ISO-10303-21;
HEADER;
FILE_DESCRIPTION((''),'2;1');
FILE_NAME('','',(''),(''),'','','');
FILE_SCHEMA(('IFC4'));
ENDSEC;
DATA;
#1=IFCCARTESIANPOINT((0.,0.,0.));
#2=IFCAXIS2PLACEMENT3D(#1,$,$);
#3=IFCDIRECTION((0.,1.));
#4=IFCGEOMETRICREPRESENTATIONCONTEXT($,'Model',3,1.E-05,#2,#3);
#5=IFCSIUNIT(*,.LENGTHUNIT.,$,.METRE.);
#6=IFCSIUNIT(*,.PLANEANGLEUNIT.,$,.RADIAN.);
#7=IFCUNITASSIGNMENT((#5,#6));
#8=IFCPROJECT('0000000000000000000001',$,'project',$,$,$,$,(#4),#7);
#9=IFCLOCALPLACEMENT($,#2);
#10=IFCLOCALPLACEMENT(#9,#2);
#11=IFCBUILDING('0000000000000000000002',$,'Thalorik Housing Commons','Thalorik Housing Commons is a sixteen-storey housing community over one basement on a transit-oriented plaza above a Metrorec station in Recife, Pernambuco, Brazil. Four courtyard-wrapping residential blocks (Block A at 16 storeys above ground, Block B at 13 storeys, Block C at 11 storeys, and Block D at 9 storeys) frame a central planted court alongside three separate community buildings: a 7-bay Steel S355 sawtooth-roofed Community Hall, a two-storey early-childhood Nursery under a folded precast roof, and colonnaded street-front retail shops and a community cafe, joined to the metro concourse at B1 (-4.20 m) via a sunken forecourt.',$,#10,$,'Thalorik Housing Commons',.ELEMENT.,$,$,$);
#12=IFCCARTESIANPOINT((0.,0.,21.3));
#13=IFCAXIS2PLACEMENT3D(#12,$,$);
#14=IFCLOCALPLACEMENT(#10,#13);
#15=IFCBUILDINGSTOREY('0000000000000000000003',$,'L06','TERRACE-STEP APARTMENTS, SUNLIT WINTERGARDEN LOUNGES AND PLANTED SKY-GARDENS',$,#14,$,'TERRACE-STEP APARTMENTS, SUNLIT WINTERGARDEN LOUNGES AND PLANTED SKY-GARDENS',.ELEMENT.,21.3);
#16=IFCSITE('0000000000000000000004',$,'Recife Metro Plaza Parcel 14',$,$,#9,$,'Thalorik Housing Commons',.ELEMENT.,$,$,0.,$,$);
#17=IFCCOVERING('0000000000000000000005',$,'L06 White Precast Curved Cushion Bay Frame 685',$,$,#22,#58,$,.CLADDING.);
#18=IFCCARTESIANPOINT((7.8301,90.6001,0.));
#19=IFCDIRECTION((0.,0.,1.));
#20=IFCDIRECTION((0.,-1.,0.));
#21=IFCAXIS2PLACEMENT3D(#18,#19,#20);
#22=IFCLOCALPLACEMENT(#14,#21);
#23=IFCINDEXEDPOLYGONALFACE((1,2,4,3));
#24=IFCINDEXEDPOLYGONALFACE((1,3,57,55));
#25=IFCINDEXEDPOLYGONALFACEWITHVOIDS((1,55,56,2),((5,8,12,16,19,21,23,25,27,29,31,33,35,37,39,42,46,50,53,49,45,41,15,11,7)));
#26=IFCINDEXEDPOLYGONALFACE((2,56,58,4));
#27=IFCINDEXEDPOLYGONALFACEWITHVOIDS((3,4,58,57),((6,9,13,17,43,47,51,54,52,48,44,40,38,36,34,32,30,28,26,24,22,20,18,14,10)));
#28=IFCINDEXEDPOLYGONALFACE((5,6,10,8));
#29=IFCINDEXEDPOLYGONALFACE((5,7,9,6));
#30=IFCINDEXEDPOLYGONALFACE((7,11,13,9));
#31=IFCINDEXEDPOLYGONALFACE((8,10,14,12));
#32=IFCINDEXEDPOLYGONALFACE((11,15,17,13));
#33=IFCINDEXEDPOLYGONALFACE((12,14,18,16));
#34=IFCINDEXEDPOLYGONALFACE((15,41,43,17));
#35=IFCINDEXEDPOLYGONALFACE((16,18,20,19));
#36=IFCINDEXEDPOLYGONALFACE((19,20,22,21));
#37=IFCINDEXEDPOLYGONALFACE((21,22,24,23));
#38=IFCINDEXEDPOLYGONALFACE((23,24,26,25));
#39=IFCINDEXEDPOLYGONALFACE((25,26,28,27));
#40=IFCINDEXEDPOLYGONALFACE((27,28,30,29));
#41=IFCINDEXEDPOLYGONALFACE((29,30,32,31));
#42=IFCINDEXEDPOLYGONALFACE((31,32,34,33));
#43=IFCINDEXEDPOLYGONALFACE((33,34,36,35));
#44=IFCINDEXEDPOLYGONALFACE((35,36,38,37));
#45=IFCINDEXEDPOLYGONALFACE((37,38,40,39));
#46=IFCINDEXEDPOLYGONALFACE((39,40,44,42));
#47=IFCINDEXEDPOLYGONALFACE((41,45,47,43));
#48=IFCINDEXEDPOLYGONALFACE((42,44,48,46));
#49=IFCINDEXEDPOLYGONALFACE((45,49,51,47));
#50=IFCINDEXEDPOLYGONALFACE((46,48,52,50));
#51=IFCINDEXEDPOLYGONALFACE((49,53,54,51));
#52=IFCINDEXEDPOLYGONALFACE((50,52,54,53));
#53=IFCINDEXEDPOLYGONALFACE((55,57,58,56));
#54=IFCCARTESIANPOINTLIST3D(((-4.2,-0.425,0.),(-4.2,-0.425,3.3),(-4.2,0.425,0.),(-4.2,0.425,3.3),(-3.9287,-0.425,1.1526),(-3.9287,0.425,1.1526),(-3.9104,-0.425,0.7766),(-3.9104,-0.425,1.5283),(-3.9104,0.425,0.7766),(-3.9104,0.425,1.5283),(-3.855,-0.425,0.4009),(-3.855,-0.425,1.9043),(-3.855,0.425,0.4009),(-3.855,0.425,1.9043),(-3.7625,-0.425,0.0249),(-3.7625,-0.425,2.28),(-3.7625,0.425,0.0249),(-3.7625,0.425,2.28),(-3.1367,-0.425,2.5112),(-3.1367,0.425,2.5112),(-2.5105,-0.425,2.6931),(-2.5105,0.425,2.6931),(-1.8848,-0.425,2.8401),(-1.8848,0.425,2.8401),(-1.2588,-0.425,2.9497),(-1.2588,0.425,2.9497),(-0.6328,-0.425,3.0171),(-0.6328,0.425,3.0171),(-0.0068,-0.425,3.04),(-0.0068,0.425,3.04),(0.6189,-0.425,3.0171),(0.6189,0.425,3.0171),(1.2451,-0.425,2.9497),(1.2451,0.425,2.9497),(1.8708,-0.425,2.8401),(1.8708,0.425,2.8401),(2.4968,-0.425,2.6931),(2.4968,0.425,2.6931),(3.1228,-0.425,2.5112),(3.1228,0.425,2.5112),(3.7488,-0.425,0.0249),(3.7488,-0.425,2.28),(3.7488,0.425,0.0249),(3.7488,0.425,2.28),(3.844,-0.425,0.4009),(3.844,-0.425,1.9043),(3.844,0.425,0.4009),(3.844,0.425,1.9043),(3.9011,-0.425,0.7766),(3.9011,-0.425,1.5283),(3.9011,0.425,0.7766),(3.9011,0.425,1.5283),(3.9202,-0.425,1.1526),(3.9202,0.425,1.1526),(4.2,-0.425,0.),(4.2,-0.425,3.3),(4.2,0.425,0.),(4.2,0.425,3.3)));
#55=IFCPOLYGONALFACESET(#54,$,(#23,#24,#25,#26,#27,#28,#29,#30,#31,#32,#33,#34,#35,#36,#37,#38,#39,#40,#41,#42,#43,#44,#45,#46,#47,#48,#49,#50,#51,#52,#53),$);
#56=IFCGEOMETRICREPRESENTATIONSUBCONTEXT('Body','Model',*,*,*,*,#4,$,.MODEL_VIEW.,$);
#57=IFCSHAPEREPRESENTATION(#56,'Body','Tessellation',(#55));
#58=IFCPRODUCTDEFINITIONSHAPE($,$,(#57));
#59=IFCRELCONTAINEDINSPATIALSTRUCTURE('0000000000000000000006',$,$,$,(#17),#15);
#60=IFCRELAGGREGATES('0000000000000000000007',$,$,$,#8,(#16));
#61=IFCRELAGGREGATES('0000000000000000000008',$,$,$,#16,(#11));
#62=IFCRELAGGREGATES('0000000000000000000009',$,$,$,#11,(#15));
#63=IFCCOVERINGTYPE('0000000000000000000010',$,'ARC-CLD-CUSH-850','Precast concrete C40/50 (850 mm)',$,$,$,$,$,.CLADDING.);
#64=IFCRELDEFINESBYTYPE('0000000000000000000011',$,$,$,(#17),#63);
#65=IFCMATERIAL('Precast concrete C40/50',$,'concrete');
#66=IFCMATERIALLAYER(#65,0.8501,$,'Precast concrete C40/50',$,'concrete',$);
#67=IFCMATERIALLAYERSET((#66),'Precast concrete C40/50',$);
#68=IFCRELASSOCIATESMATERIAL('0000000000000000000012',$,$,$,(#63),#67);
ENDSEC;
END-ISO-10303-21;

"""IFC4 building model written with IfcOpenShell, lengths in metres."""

from ifc_helpers import new_model, si_unit, direction, frame, origin, place, context, subcontext, project, spatial, polyline, outline, extrude, material, layer, layer_set, type_object, element, save


model = new_model("IFC4")

# Units and contexts
model_context = context("Model", 3, precision=1e-05, world=origin(), true_north=direction((0.0, 1.0)))
body_context = subcontext(model_context, "Body", "Model", "MODEL_VIEW")
ifc_project = project(units=[si_unit("LENGTHUNIT", "METRE"), si_unit("PLANEANGLEUNIT", "RADIAN")], contexts=[model_context])

# Site, building, storey
site_placement = place(None, origin())
site = spatial("IfcSite", under=ifc_project, at=site_placement, Name="Recife Metro Plaza Parcel 14", LongName="Thalorik Housing Commons", CompositionType="ELEMENT", RefElevation=0.0)
building_placement = place(site_placement, origin())
building = spatial("IfcBuilding", under=site, at=building_placement, Name="Thalorik Housing Commons", Description="Thalorik Housing Commons is a sixteen-storey housing community over one basement on a transit-oriented plaza above a Metrorec station in Recife, Pernambuco, Brazil. Four courtyard-wrapping residential blocks (Block A at 16 storeys above ground, Block B at 13 storeys, Block C at 11 storeys, and Block D at 9 storeys) frame a central planted court alongside three separate community buildings: a 7-bay Steel S355 sawtooth-roofed Community Hall, a two-storey early-childhood Nursery under a folded precast roof, and colonnaded street-front retail shops and a community cafe, joined to the metro concourse at B1 (-4.20 m) via a sunken forecourt.", LongName="Thalorik Housing Commons", CompositionType="ELEMENT")
storey_placement = place(building_placement, frame((0.0, 0.0, 21.3)))
storey = spatial("IfcBuildingStorey", under=building, at=storey_placement, Name="L06", Description="TERRACE-STEP APARTMENTS, SUNLIT WINTERGARDEN LOUNGES AND PLANTED SKY-GARDENS", LongName="TERRACE-STEP APARTMENTS, SUNLIT WINTERGARDEN LOUNGES AND PLANTED SKY-GARDENS", CompositionType="ELEMENT", Elevation=21.3)

# Shared definitions
ifc_material_1 = material(Name="Precast concrete C40/50", Category="concrete")

# Covering
ifc_layer_1 = layer(ifc_material_1, 0.8501, Name="Precast concrete C40/50", Category="concrete")
ifc_layer_set_1 = layer_set([ifc_layer_1], Name="Precast concrete C40/50")
covering_type = type_object("IfcCoveringType", Name="ARC-CLD-CUSH-850", Description="Precast concrete C40/50 (850 mm)", PredefinedType="CLADDING", material=ifc_layer_set_1)
covering_placement = place(storey_placement, frame((7.8301, 90.6001, 0.0), z_axis=(0.0, 0.0, 1.0), x_axis=(0.0, -1.0, 0.0)))
element("IfcCovering", 1, at=covering_placement, inside=storey, type_object=covering_type, Name="L06 White Precast Curved Cushion Bay Frame 685", PredefinedType="CLADDING", context=body_context, shape_type="SweptSolid", body=[
    extrude(outline(polyline([(-4.2, 0.0), (4.2, 0.0), (4.2, 3.3), (-4.2, 3.3), (-4.2, 0.0)]), holes=[polyline([(3.7488, 0.0249), (3.844, 0.4009), (3.9011, 0.7766), (3.9202, 1.1526), (3.9011, 1.5283), (3.844, 1.9043), (3.7488, 2.28), (3.1228, 2.5112), (2.4968, 2.6931), (1.8708, 2.8401), (1.2451, 2.9497), (0.6189, 3.0171), (-0.0068, 3.04), (-0.6328, 3.0171), (-1.2588, 2.9497), (-1.8848, 2.8401), (-2.5105, 2.6931), (-3.1367, 2.5112), (-3.7625, 2.28), (-3.855, 1.9043), (-3.9104, 1.5283), (-3.9287, 1.1526), (-3.9104, 0.7766), (-3.855, 0.4009), (-3.7625, 0.0249), (3.7488, 0.0249)])]), frame((0.0, 0.425, 0.0), z_axis=(0.0, -1.0, 0.0), x_axis=(1.0, 0.0, 0.0)), (0.0, 0.0, 1.0), 0.8501),
])

save(model, "model.ifc")
